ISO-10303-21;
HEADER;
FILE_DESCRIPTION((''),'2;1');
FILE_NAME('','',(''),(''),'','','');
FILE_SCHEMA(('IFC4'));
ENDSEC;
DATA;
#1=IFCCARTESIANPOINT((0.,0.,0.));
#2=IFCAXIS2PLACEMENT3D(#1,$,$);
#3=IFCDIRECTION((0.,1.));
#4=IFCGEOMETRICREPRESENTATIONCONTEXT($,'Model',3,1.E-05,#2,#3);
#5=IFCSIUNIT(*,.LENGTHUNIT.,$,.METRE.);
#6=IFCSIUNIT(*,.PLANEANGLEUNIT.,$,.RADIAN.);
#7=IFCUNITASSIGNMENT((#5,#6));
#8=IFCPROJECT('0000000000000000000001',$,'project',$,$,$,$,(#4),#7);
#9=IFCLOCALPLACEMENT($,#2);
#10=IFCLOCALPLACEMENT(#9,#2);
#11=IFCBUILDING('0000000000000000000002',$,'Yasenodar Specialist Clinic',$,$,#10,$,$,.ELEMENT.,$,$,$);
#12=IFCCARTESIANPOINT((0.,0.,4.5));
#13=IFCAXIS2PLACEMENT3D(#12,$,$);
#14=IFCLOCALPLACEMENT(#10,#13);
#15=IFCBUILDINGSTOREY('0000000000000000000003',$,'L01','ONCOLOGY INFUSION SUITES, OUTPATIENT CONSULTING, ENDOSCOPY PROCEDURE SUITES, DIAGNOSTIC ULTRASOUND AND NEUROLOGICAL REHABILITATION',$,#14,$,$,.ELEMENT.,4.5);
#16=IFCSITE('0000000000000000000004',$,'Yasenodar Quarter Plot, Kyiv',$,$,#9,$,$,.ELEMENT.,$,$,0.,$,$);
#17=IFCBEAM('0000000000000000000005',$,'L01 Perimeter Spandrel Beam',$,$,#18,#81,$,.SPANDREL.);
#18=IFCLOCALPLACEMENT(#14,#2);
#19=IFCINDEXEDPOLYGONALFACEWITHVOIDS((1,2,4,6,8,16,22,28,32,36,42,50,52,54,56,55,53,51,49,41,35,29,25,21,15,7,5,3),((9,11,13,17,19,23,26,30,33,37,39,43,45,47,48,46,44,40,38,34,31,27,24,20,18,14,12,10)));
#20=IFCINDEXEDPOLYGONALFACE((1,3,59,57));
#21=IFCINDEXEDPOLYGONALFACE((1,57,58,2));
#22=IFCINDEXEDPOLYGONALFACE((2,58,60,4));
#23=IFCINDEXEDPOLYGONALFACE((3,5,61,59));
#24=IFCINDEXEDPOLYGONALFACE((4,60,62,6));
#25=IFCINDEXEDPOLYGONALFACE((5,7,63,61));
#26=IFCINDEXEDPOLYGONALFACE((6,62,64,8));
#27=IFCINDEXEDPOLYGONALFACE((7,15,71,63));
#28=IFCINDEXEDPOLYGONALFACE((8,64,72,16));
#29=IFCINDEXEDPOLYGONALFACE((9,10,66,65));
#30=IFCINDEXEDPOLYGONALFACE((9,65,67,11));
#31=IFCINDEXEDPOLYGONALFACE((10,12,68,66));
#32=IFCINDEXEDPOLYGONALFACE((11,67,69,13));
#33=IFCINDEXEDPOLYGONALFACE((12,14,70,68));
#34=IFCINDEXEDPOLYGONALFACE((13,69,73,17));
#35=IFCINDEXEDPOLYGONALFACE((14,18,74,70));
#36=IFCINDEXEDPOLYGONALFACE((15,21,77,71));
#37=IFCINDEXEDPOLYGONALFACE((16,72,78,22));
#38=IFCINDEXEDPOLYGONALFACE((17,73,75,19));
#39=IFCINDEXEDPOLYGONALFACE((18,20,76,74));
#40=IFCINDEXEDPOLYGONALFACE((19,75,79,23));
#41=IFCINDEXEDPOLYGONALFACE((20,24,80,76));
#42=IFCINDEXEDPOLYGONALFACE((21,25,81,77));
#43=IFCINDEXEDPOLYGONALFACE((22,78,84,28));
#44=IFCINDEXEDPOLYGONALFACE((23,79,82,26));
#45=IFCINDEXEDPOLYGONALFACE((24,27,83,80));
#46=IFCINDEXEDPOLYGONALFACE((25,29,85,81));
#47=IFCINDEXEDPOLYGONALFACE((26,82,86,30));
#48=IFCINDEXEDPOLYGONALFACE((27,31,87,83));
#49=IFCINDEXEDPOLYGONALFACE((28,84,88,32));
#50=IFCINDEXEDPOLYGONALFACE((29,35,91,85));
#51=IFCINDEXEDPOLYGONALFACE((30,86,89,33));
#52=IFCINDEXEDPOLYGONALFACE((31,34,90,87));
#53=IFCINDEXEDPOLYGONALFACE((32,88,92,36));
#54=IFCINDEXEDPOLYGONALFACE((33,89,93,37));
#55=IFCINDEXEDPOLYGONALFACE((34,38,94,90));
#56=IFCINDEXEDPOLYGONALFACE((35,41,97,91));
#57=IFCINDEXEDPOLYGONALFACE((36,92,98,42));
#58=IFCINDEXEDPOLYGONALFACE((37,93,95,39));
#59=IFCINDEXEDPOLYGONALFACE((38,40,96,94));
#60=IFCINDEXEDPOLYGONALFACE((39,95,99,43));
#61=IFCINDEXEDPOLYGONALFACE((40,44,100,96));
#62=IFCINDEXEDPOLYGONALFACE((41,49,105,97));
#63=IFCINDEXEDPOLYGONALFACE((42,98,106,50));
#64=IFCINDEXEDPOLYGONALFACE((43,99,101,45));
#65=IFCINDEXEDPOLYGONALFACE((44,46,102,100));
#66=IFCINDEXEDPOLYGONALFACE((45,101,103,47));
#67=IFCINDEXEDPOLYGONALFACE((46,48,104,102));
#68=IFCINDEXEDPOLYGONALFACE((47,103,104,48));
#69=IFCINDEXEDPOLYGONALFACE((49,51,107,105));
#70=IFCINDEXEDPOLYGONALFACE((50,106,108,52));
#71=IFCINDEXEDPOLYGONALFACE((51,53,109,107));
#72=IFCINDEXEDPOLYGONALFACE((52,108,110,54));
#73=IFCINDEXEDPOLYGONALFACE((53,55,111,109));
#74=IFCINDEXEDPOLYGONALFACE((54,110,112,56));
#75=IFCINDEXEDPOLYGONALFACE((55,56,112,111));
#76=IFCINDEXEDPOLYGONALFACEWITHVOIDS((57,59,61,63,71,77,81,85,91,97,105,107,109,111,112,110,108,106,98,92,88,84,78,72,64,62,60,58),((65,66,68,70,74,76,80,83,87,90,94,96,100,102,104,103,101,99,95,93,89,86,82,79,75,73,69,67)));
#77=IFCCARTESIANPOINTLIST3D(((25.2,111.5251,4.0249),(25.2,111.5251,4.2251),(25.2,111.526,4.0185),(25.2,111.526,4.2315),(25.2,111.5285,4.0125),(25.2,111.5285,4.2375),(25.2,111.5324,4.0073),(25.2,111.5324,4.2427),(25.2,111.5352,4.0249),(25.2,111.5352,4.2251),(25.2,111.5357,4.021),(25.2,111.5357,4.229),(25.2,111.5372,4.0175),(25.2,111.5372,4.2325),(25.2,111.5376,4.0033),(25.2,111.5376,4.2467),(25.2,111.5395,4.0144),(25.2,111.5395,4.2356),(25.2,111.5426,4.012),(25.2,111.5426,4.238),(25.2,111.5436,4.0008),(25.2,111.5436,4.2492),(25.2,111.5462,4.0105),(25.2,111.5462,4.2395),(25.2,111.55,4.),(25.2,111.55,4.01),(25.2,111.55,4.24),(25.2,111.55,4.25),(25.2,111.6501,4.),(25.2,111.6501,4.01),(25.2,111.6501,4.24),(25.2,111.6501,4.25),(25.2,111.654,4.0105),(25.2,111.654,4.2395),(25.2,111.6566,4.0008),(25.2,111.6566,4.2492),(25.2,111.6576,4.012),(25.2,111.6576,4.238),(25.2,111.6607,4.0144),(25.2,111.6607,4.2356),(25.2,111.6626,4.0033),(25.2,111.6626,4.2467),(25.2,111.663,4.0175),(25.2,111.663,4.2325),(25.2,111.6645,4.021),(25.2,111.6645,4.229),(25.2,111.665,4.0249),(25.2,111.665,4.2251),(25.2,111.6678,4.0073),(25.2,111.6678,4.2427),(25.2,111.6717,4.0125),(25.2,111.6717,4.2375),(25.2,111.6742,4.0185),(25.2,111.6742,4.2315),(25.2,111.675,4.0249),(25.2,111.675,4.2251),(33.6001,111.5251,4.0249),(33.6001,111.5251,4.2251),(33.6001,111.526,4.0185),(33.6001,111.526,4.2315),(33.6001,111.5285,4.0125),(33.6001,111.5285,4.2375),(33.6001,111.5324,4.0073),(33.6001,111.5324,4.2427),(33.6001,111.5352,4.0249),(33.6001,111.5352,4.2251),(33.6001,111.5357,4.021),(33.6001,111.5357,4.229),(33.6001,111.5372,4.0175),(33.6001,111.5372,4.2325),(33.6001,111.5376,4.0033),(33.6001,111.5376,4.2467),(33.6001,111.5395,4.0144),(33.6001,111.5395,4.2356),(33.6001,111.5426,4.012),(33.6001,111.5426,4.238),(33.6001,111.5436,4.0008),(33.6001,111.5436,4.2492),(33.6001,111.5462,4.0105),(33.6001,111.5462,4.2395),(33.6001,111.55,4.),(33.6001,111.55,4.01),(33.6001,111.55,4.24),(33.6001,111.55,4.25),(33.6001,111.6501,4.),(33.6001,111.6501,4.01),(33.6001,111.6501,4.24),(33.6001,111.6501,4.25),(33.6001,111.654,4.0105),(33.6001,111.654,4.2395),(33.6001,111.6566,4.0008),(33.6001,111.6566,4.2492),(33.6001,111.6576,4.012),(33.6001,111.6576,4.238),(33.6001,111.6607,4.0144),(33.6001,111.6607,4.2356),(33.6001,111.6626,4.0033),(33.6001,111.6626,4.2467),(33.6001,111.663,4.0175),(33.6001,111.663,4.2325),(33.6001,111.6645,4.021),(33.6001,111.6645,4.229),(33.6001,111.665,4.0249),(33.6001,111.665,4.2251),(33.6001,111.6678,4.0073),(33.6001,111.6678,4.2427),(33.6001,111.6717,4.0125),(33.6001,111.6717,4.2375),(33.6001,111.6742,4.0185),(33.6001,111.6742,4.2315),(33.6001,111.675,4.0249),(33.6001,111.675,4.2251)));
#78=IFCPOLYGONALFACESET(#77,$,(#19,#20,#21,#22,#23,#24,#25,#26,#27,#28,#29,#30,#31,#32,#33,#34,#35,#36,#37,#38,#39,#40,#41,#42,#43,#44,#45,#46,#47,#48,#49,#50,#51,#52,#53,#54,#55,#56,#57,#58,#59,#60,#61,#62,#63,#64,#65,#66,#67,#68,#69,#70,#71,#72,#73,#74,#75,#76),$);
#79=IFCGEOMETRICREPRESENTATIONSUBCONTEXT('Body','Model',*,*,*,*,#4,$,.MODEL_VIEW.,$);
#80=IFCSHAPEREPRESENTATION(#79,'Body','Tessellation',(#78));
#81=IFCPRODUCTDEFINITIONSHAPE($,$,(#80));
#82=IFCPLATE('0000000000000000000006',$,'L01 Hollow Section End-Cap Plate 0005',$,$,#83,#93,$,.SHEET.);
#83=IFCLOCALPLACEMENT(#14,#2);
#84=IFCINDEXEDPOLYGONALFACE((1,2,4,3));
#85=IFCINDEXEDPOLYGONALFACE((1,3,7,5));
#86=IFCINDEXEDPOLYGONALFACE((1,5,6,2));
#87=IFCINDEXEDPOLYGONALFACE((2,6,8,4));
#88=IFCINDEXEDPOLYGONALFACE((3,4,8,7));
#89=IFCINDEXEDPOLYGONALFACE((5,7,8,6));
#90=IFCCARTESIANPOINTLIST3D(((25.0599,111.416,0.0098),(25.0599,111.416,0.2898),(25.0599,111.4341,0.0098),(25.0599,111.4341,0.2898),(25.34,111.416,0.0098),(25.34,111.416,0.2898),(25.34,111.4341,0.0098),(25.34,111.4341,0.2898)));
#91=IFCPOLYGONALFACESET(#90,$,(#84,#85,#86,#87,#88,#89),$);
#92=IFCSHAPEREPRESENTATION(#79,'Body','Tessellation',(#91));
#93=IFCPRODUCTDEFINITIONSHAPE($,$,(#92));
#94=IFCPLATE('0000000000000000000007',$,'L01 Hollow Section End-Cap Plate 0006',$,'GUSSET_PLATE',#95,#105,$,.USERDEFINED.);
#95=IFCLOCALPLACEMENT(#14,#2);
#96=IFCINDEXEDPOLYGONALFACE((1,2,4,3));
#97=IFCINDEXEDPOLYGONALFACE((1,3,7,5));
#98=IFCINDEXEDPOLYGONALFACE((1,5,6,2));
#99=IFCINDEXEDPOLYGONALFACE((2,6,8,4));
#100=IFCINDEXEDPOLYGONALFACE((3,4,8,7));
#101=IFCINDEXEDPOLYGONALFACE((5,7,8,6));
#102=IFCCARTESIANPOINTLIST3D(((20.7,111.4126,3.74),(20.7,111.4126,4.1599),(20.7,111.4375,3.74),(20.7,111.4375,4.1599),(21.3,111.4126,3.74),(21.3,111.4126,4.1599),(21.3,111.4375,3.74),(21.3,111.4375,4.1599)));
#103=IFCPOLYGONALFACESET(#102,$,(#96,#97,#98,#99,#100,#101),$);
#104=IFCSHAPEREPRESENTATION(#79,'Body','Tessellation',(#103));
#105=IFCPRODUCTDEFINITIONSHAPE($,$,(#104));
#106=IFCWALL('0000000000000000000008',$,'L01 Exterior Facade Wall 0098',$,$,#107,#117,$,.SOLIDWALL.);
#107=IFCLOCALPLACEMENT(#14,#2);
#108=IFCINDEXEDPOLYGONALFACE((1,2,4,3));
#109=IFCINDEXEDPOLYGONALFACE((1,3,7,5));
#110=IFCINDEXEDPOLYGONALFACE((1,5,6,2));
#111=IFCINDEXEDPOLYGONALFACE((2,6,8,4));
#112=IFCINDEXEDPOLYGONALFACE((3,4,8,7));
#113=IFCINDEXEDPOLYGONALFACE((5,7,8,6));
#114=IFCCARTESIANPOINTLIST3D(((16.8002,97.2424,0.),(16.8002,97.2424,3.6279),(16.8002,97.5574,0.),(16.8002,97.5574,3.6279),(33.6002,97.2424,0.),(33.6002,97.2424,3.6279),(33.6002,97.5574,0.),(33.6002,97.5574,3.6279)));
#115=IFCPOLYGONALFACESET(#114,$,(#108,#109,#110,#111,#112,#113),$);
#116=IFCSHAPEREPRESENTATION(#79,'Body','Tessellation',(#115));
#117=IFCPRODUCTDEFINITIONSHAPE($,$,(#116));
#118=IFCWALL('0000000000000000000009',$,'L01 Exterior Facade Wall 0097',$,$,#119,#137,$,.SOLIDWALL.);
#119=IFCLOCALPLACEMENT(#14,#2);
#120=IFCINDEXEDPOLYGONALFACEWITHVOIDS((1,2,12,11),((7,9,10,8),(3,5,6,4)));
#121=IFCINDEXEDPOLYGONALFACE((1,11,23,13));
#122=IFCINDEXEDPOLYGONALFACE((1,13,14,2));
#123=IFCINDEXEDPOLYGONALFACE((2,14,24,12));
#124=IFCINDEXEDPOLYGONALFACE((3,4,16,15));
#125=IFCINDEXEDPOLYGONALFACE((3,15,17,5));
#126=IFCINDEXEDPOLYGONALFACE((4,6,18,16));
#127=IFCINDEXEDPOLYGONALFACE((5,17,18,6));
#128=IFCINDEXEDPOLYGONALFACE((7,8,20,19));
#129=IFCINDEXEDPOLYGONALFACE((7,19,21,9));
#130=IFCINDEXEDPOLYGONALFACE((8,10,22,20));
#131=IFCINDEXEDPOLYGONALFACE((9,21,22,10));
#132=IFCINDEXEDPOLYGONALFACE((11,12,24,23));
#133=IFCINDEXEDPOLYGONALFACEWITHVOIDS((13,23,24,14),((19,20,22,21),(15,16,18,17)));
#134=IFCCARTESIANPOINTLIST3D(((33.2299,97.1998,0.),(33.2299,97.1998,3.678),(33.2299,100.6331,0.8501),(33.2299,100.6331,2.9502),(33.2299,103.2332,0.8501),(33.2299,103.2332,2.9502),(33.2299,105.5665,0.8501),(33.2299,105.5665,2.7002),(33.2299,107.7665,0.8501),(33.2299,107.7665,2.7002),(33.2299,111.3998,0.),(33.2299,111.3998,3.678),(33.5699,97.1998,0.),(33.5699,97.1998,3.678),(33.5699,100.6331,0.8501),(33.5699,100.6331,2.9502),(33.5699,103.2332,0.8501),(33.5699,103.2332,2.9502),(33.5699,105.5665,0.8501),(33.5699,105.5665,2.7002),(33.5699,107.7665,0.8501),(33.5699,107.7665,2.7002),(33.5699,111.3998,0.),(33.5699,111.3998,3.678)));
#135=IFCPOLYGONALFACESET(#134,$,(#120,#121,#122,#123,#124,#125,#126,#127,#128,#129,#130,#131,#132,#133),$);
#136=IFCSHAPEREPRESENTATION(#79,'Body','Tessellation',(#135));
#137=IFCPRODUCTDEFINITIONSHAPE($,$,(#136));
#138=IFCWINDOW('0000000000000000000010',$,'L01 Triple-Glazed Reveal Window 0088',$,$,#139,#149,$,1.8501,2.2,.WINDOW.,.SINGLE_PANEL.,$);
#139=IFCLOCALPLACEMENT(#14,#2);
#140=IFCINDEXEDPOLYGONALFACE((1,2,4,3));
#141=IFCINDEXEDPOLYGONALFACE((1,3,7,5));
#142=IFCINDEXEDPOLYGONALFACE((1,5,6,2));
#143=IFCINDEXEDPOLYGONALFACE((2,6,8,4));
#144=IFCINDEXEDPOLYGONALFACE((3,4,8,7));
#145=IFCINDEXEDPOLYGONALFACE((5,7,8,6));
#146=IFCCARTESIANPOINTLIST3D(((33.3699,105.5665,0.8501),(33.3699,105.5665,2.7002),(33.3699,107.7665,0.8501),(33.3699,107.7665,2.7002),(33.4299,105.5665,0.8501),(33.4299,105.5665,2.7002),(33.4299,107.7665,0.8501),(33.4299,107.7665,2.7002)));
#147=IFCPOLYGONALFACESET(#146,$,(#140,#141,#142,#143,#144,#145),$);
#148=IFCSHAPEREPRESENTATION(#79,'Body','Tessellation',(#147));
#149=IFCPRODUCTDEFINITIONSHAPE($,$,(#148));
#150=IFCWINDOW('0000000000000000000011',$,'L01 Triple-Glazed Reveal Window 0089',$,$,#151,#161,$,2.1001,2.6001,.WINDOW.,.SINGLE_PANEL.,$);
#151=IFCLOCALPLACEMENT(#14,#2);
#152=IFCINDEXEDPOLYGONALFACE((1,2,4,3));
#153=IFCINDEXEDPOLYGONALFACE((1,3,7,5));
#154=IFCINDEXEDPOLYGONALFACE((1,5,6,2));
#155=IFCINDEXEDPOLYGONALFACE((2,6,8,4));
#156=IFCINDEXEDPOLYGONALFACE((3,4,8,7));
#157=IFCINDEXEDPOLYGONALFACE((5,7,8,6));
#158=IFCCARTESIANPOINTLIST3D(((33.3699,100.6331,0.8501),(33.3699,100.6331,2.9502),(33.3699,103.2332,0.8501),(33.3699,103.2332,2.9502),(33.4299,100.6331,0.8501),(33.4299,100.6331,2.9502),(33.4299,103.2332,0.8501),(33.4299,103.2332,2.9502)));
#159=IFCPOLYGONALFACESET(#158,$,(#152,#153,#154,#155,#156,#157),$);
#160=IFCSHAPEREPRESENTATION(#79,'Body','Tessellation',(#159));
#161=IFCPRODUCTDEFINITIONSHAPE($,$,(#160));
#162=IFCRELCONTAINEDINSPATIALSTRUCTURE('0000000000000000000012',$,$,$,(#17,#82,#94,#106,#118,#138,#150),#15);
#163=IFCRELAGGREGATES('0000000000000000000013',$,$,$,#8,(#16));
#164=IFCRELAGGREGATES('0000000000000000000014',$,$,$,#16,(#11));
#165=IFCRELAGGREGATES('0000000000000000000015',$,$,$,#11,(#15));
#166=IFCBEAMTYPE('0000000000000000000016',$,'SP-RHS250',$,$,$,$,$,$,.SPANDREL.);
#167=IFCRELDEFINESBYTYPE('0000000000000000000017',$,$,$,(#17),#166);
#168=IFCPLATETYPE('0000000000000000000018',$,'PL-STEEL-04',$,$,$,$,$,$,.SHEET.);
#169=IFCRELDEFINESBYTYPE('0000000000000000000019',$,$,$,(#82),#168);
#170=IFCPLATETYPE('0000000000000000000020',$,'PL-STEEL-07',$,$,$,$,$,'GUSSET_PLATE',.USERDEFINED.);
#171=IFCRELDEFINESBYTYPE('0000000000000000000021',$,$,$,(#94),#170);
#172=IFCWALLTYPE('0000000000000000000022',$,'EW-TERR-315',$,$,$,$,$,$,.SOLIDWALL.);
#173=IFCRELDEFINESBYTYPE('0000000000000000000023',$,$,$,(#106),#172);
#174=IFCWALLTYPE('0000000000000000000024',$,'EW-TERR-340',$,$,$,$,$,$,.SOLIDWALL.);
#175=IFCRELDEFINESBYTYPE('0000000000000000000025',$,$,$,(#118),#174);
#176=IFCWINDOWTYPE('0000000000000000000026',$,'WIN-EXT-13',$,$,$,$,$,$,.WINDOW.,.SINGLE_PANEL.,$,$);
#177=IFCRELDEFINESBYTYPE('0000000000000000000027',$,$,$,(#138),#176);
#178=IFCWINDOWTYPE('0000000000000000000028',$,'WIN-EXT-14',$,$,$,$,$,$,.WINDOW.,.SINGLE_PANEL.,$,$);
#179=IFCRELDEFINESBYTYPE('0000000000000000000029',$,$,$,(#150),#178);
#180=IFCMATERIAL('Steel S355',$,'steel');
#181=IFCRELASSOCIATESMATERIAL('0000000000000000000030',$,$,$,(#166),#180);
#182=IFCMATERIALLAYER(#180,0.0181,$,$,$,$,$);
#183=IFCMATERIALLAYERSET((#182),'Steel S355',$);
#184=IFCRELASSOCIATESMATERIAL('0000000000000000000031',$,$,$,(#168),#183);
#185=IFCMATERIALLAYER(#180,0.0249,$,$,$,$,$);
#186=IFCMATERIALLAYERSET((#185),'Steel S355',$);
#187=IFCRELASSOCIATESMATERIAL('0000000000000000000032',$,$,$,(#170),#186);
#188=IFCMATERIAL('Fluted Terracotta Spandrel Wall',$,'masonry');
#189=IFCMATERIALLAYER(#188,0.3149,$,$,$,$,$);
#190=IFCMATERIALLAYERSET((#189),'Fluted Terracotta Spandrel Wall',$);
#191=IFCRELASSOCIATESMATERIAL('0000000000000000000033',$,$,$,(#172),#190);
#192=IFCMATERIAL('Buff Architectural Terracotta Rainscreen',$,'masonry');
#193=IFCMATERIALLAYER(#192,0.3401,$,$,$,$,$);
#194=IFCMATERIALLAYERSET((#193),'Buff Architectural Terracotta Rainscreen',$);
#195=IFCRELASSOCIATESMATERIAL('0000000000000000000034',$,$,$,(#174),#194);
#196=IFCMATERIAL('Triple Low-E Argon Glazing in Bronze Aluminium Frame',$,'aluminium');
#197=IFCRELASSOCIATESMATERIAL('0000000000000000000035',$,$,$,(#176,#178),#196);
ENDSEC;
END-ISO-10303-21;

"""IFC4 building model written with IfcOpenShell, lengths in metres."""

from ifc_helpers import new_model, si_unit, direction, frame, frame_2d, origin, origin_2d, place, context, subcontext, project, spatial, rectangle, hollow_rectangle, extrude, material, layer, layer_set, material_profile, profile_set, type_object, element, fill, save


model = new_model("IFC4")

# Units and contexts
model_context = context("Model", 3, precision=1e-05, world=origin(), true_north=direction((0.0, 1.0)))
body_context = subcontext(model_context, "Body", "Model", "MODEL_VIEW")
ifc_project = project(units=[si_unit("LENGTHUNIT", "METRE"), si_unit("PLANEANGLEUNIT", "RADIAN")], contexts=[model_context])

# Site, building, storey
site_placement = place(None, origin())
site = spatial("IfcSite", under=ifc_project, at=site_placement, Name="Yasenodar Quarter Plot, Kyiv", CompositionType="ELEMENT", RefElevation=0.0)
building_placement = place(site_placement, origin())
building = spatial("IfcBuilding", under=site, at=building_placement, Name="Yasenodar Specialist Clinic", CompositionType="ELEMENT")
storey_placement = place(building_placement, frame((0.0, 0.0, 4.5)))
storey = spatial("IfcBuildingStorey", under=building, at=storey_placement, Name="L01", Description="ONCOLOGY INFUSION SUITES, OUTPATIENT CONSULTING, ENDOSCOPY PROCEDURE SUITES, DIAGNOSTIC ULTRASOUND AND NEUROLOGICAL REHABILITATION", CompositionType="ELEMENT", Elevation=4.5)

# Shared definitions
ifc_material_1 = material(Name="Steel S355", Category="steel")

# Beam
ifc_material_profile_1 = material_profile(ifc_material_1, hollow_rectangle(XDim=0.1499, YDim=0.25, WallThickness=0.01, InnerFilletRadius=0.0149, OuterFilletRadius=0.0249, at=origin_2d()), Name="RHS 250x150x10")
ifc_profile_set_1 = profile_set([ifc_material_profile_1], Name="Steel S355")
beam_type_1 = type_object("IfcBeamType", Name="SP-RHS250", PredefinedType="SPANDREL", material=ifc_profile_set_1)
beam_1_placement = place(storey_placement, frame((25.2, 111.6001, 4.125), z_axis=(1.0, 0.0, 0.0), x_axis=(0.0, 1.0, 0.0)))
element("IfcBeam", 1, at=beam_1_placement, inside=storey, type_object=beam_type_1, Name="L01 Perimeter Spandrel Beam", PredefinedType="SPANDREL", context=body_context, shape_type="SweptSolid", body=[
    extrude(hollow_rectangle(XDim=0.1499, YDim=0.25, WallThickness=0.01, InnerFilletRadius=0.0149, OuterFilletRadius=0.0249, at=origin_2d()), origin(), (0.0, 0.0, 1.0), 8.4001),
])

# Plates
ifc_layer_1 = layer(ifc_material_1, 0.0181)
ifc_layer_set_1 = layer_set([ifc_layer_1], Name="Steel S355")
plate_type_1 = type_object("IfcPlateType", Name="PL-STEEL-04", PredefinedType="SHEET", material=ifc_layer_set_1)
plate_1_placement = place(storey_placement, frame((25.2, 111.425, 0.0098), z_axis=(0.0, 0.0, 1.0), x_axis=(1.0, 0.0, 0.0)))
element("IfcPlate", 2, at=plate_1_placement, inside=storey, type_object=plate_type_1, Name="L01 Hollow Section End-Cap Plate 0005", PredefinedType="SHEET", context=body_context, shape_type="SweptSolid", body=[
    extrude(rectangle(XDim=0.28, YDim=0.0181, at=origin_2d()), origin(), (0.0, 0.0, 1.0), 0.28),
])
ifc_layer_2 = layer(ifc_material_1, 0.0249)
ifc_layer_set_2 = layer_set([ifc_layer_2], Name="Steel S355")
plate_type_2 = type_object("IfcPlateType", Name="PL-STEEL-07", ElementType="GUSSET_PLATE", PredefinedType="USERDEFINED", material=ifc_layer_set_2)
plate_2_placement = place(storey_placement, frame((21.0, 111.425, 3.74), z_axis=(0.0, 0.0, 1.0), x_axis=(1.0, 0.0, 0.0)))
element("IfcPlate", 3, at=plate_2_placement, inside=storey, type_object=plate_type_2, Name="L01 Hollow Section End-Cap Plate 0006", ObjectType="GUSSET_PLATE", PredefinedType="USERDEFINED", context=body_context, shape_type="SweptSolid", body=[
    extrude(rectangle(XDim=0.6001, YDim=0.0249, at=origin_2d()), origin(), (0.0, 0.0, 1.0), 0.4199),
])

# Wall
ifc_material_2 = material(Name="Fluted Terracotta Spandrel Wall", Category="masonry")
ifc_layer_3 = layer(ifc_material_2, 0.3149)
ifc_layer_set_3 = layer_set([ifc_layer_3], Name="Fluted Terracotta Spandrel Wall")
wall_type_1 = type_object("IfcWallType", Name="EW-TERR-315", PredefinedType="SOLIDWALL", material=ifc_layer_set_3)
wall_1_placement = place(storey_placement, frame((33.6001, 97.3999, 0.0), z_axis=(0.0, 0.0, 1.0), x_axis=(-1.0, 0.0, 0.0)))
element("IfcWall", 4, at=wall_1_placement, inside=storey, type_object=wall_type_1, Name="L01 Exterior Facade Wall 0098", PredefinedType="SOLIDWALL", context=body_context, shape_type="SweptSolid", body=[
    extrude(rectangle(XDim=16.8, YDim=0.3149, at=frame_2d((8.3999, 0.0))), origin(), (0.0, 0.0, 1.0), 3.6279),
])

# Wall, openings, windows
ifc_material_3 = material(Name="Buff Architectural Terracotta Rainscreen", Category="masonry")
ifc_layer_4 = layer(ifc_material_3, 0.3401)
ifc_layer_set_4 = layer_set([ifc_layer_4], Name="Buff Architectural Terracotta Rainscreen")
wall_type_2 = type_object("IfcWallType", Name="EW-TERR-340", PredefinedType="SOLIDWALL", material=ifc_layer_set_4)
wall_2_placement = place(storey_placement, frame((33.3999, 111.3999, 0.0), z_axis=(0.0, 0.0, 1.0), x_axis=(0.0, -1.0, 0.0)))
wall_2 = element("IfcWall", 5, at=wall_2_placement, inside=storey, type_object=wall_type_2, Name="L01 Exterior Facade Wall 0097", PredefinedType="SOLIDWALL", context=body_context, shape_type="SweptSolid", body=[
    extrude(rectangle(XDim=14.2, YDim=0.3401, at=frame_2d((7.1001, 0.0))), origin(), (0.0, 0.0, 1.0), 3.678),
])
opening_1_placement = place(wall_2_placement, frame((3.6333, 0.0, 0.8501)))
opening_1 = element("IfcOpeningElement", 6, at=opening_1_placement, cuts=wall_2, PredefinedType="OPENING", context=body_context, shape_type="SweptSolid", body=[
    extrude(rectangle(XDim=2.2, YDim=1.8501, at=frame_2d((1.1001, 0.925))), frame((0.0, 0.1802, 0.0), z_axis=(0.0, -1.0, 0.0), x_axis=(1.0, 0.0, 0.0)), (0.0, 0.0, 1.0), 0.3601),
])
opening_2_placement = place(wall_2_placement, frame((8.1667, 0.0, 0.8501)))
opening_2 = element("IfcOpeningElement", 7, at=opening_2_placement, cuts=wall_2, PredefinedType="OPENING", context=body_context, shape_type="SweptSolid", body=[
    extrude(rectangle(XDim=2.6001, YDim=2.1001, at=frame_2d((1.3, 1.05))), frame((0.0, 0.1802, 0.0), z_axis=(0.0, -1.0, 0.0), x_axis=(1.0, 0.0, 0.0)), (0.0, 0.0, 1.0), 0.3601),
])
ifc_material_4 = material(Name="Triple Low-E Argon Glazing in Bronze Aluminium Frame", Category="aluminium")
window_type_1 = type_object("IfcWindowType", Name="WIN-EXT-13", PartitioningType="SINGLE_PANEL", PredefinedType="WINDOW", material=ifc_material_4)
window_1_placement = place(opening_1_placement, origin())
window_1 = element("IfcWindow", 8, at=window_1_placement, inside=storey, type_object=window_type_1, Name="L01 Triple-Glazed Reveal Window 0088", OverallHeight=1.8501, OverallWidth=2.2, PartitioningType="SINGLE_PANEL", PredefinedType="WINDOW", context=body_context, shape_type="SweptSolid", body=[
    extrude(rectangle(XDim=2.2, YDim=1.8501, at=frame_2d((1.1001, 0.925))), frame((0.0, 0.03, 0.0), z_axis=(0.0, -1.0, 0.0), x_axis=(1.0, 0.0, 0.0)), (0.0, 0.0, 1.0), 0.0601),
])
fill(opening_1, window_1)
window_type_2 = type_object("IfcWindowType", Name="WIN-EXT-14", PartitioningType="SINGLE_PANEL", PredefinedType="WINDOW", material=ifc_material_4)
window_2_placement = place(opening_2_placement, origin())
window_2 = element("IfcWindow", 9, at=window_2_placement, inside=storey, type_object=window_type_2, Name="L01 Triple-Glazed Reveal Window 0089", OverallHeight=2.1001, OverallWidth=2.6001, PartitioningType="SINGLE_PANEL", PredefinedType="WINDOW", context=body_context, shape_type="SweptSolid", body=[
    extrude(rectangle(XDim=2.6001, YDim=2.1001, at=frame_2d((1.3, 1.05))), frame((0.0, 0.03, 0.0), z_axis=(0.0, -1.0, 0.0), x_axis=(1.0, 0.0, 0.0)), (0.0, 0.0, 1.0), 0.0601),
])
fill(opening_2, window_2)

save(model, "model.ifc")
